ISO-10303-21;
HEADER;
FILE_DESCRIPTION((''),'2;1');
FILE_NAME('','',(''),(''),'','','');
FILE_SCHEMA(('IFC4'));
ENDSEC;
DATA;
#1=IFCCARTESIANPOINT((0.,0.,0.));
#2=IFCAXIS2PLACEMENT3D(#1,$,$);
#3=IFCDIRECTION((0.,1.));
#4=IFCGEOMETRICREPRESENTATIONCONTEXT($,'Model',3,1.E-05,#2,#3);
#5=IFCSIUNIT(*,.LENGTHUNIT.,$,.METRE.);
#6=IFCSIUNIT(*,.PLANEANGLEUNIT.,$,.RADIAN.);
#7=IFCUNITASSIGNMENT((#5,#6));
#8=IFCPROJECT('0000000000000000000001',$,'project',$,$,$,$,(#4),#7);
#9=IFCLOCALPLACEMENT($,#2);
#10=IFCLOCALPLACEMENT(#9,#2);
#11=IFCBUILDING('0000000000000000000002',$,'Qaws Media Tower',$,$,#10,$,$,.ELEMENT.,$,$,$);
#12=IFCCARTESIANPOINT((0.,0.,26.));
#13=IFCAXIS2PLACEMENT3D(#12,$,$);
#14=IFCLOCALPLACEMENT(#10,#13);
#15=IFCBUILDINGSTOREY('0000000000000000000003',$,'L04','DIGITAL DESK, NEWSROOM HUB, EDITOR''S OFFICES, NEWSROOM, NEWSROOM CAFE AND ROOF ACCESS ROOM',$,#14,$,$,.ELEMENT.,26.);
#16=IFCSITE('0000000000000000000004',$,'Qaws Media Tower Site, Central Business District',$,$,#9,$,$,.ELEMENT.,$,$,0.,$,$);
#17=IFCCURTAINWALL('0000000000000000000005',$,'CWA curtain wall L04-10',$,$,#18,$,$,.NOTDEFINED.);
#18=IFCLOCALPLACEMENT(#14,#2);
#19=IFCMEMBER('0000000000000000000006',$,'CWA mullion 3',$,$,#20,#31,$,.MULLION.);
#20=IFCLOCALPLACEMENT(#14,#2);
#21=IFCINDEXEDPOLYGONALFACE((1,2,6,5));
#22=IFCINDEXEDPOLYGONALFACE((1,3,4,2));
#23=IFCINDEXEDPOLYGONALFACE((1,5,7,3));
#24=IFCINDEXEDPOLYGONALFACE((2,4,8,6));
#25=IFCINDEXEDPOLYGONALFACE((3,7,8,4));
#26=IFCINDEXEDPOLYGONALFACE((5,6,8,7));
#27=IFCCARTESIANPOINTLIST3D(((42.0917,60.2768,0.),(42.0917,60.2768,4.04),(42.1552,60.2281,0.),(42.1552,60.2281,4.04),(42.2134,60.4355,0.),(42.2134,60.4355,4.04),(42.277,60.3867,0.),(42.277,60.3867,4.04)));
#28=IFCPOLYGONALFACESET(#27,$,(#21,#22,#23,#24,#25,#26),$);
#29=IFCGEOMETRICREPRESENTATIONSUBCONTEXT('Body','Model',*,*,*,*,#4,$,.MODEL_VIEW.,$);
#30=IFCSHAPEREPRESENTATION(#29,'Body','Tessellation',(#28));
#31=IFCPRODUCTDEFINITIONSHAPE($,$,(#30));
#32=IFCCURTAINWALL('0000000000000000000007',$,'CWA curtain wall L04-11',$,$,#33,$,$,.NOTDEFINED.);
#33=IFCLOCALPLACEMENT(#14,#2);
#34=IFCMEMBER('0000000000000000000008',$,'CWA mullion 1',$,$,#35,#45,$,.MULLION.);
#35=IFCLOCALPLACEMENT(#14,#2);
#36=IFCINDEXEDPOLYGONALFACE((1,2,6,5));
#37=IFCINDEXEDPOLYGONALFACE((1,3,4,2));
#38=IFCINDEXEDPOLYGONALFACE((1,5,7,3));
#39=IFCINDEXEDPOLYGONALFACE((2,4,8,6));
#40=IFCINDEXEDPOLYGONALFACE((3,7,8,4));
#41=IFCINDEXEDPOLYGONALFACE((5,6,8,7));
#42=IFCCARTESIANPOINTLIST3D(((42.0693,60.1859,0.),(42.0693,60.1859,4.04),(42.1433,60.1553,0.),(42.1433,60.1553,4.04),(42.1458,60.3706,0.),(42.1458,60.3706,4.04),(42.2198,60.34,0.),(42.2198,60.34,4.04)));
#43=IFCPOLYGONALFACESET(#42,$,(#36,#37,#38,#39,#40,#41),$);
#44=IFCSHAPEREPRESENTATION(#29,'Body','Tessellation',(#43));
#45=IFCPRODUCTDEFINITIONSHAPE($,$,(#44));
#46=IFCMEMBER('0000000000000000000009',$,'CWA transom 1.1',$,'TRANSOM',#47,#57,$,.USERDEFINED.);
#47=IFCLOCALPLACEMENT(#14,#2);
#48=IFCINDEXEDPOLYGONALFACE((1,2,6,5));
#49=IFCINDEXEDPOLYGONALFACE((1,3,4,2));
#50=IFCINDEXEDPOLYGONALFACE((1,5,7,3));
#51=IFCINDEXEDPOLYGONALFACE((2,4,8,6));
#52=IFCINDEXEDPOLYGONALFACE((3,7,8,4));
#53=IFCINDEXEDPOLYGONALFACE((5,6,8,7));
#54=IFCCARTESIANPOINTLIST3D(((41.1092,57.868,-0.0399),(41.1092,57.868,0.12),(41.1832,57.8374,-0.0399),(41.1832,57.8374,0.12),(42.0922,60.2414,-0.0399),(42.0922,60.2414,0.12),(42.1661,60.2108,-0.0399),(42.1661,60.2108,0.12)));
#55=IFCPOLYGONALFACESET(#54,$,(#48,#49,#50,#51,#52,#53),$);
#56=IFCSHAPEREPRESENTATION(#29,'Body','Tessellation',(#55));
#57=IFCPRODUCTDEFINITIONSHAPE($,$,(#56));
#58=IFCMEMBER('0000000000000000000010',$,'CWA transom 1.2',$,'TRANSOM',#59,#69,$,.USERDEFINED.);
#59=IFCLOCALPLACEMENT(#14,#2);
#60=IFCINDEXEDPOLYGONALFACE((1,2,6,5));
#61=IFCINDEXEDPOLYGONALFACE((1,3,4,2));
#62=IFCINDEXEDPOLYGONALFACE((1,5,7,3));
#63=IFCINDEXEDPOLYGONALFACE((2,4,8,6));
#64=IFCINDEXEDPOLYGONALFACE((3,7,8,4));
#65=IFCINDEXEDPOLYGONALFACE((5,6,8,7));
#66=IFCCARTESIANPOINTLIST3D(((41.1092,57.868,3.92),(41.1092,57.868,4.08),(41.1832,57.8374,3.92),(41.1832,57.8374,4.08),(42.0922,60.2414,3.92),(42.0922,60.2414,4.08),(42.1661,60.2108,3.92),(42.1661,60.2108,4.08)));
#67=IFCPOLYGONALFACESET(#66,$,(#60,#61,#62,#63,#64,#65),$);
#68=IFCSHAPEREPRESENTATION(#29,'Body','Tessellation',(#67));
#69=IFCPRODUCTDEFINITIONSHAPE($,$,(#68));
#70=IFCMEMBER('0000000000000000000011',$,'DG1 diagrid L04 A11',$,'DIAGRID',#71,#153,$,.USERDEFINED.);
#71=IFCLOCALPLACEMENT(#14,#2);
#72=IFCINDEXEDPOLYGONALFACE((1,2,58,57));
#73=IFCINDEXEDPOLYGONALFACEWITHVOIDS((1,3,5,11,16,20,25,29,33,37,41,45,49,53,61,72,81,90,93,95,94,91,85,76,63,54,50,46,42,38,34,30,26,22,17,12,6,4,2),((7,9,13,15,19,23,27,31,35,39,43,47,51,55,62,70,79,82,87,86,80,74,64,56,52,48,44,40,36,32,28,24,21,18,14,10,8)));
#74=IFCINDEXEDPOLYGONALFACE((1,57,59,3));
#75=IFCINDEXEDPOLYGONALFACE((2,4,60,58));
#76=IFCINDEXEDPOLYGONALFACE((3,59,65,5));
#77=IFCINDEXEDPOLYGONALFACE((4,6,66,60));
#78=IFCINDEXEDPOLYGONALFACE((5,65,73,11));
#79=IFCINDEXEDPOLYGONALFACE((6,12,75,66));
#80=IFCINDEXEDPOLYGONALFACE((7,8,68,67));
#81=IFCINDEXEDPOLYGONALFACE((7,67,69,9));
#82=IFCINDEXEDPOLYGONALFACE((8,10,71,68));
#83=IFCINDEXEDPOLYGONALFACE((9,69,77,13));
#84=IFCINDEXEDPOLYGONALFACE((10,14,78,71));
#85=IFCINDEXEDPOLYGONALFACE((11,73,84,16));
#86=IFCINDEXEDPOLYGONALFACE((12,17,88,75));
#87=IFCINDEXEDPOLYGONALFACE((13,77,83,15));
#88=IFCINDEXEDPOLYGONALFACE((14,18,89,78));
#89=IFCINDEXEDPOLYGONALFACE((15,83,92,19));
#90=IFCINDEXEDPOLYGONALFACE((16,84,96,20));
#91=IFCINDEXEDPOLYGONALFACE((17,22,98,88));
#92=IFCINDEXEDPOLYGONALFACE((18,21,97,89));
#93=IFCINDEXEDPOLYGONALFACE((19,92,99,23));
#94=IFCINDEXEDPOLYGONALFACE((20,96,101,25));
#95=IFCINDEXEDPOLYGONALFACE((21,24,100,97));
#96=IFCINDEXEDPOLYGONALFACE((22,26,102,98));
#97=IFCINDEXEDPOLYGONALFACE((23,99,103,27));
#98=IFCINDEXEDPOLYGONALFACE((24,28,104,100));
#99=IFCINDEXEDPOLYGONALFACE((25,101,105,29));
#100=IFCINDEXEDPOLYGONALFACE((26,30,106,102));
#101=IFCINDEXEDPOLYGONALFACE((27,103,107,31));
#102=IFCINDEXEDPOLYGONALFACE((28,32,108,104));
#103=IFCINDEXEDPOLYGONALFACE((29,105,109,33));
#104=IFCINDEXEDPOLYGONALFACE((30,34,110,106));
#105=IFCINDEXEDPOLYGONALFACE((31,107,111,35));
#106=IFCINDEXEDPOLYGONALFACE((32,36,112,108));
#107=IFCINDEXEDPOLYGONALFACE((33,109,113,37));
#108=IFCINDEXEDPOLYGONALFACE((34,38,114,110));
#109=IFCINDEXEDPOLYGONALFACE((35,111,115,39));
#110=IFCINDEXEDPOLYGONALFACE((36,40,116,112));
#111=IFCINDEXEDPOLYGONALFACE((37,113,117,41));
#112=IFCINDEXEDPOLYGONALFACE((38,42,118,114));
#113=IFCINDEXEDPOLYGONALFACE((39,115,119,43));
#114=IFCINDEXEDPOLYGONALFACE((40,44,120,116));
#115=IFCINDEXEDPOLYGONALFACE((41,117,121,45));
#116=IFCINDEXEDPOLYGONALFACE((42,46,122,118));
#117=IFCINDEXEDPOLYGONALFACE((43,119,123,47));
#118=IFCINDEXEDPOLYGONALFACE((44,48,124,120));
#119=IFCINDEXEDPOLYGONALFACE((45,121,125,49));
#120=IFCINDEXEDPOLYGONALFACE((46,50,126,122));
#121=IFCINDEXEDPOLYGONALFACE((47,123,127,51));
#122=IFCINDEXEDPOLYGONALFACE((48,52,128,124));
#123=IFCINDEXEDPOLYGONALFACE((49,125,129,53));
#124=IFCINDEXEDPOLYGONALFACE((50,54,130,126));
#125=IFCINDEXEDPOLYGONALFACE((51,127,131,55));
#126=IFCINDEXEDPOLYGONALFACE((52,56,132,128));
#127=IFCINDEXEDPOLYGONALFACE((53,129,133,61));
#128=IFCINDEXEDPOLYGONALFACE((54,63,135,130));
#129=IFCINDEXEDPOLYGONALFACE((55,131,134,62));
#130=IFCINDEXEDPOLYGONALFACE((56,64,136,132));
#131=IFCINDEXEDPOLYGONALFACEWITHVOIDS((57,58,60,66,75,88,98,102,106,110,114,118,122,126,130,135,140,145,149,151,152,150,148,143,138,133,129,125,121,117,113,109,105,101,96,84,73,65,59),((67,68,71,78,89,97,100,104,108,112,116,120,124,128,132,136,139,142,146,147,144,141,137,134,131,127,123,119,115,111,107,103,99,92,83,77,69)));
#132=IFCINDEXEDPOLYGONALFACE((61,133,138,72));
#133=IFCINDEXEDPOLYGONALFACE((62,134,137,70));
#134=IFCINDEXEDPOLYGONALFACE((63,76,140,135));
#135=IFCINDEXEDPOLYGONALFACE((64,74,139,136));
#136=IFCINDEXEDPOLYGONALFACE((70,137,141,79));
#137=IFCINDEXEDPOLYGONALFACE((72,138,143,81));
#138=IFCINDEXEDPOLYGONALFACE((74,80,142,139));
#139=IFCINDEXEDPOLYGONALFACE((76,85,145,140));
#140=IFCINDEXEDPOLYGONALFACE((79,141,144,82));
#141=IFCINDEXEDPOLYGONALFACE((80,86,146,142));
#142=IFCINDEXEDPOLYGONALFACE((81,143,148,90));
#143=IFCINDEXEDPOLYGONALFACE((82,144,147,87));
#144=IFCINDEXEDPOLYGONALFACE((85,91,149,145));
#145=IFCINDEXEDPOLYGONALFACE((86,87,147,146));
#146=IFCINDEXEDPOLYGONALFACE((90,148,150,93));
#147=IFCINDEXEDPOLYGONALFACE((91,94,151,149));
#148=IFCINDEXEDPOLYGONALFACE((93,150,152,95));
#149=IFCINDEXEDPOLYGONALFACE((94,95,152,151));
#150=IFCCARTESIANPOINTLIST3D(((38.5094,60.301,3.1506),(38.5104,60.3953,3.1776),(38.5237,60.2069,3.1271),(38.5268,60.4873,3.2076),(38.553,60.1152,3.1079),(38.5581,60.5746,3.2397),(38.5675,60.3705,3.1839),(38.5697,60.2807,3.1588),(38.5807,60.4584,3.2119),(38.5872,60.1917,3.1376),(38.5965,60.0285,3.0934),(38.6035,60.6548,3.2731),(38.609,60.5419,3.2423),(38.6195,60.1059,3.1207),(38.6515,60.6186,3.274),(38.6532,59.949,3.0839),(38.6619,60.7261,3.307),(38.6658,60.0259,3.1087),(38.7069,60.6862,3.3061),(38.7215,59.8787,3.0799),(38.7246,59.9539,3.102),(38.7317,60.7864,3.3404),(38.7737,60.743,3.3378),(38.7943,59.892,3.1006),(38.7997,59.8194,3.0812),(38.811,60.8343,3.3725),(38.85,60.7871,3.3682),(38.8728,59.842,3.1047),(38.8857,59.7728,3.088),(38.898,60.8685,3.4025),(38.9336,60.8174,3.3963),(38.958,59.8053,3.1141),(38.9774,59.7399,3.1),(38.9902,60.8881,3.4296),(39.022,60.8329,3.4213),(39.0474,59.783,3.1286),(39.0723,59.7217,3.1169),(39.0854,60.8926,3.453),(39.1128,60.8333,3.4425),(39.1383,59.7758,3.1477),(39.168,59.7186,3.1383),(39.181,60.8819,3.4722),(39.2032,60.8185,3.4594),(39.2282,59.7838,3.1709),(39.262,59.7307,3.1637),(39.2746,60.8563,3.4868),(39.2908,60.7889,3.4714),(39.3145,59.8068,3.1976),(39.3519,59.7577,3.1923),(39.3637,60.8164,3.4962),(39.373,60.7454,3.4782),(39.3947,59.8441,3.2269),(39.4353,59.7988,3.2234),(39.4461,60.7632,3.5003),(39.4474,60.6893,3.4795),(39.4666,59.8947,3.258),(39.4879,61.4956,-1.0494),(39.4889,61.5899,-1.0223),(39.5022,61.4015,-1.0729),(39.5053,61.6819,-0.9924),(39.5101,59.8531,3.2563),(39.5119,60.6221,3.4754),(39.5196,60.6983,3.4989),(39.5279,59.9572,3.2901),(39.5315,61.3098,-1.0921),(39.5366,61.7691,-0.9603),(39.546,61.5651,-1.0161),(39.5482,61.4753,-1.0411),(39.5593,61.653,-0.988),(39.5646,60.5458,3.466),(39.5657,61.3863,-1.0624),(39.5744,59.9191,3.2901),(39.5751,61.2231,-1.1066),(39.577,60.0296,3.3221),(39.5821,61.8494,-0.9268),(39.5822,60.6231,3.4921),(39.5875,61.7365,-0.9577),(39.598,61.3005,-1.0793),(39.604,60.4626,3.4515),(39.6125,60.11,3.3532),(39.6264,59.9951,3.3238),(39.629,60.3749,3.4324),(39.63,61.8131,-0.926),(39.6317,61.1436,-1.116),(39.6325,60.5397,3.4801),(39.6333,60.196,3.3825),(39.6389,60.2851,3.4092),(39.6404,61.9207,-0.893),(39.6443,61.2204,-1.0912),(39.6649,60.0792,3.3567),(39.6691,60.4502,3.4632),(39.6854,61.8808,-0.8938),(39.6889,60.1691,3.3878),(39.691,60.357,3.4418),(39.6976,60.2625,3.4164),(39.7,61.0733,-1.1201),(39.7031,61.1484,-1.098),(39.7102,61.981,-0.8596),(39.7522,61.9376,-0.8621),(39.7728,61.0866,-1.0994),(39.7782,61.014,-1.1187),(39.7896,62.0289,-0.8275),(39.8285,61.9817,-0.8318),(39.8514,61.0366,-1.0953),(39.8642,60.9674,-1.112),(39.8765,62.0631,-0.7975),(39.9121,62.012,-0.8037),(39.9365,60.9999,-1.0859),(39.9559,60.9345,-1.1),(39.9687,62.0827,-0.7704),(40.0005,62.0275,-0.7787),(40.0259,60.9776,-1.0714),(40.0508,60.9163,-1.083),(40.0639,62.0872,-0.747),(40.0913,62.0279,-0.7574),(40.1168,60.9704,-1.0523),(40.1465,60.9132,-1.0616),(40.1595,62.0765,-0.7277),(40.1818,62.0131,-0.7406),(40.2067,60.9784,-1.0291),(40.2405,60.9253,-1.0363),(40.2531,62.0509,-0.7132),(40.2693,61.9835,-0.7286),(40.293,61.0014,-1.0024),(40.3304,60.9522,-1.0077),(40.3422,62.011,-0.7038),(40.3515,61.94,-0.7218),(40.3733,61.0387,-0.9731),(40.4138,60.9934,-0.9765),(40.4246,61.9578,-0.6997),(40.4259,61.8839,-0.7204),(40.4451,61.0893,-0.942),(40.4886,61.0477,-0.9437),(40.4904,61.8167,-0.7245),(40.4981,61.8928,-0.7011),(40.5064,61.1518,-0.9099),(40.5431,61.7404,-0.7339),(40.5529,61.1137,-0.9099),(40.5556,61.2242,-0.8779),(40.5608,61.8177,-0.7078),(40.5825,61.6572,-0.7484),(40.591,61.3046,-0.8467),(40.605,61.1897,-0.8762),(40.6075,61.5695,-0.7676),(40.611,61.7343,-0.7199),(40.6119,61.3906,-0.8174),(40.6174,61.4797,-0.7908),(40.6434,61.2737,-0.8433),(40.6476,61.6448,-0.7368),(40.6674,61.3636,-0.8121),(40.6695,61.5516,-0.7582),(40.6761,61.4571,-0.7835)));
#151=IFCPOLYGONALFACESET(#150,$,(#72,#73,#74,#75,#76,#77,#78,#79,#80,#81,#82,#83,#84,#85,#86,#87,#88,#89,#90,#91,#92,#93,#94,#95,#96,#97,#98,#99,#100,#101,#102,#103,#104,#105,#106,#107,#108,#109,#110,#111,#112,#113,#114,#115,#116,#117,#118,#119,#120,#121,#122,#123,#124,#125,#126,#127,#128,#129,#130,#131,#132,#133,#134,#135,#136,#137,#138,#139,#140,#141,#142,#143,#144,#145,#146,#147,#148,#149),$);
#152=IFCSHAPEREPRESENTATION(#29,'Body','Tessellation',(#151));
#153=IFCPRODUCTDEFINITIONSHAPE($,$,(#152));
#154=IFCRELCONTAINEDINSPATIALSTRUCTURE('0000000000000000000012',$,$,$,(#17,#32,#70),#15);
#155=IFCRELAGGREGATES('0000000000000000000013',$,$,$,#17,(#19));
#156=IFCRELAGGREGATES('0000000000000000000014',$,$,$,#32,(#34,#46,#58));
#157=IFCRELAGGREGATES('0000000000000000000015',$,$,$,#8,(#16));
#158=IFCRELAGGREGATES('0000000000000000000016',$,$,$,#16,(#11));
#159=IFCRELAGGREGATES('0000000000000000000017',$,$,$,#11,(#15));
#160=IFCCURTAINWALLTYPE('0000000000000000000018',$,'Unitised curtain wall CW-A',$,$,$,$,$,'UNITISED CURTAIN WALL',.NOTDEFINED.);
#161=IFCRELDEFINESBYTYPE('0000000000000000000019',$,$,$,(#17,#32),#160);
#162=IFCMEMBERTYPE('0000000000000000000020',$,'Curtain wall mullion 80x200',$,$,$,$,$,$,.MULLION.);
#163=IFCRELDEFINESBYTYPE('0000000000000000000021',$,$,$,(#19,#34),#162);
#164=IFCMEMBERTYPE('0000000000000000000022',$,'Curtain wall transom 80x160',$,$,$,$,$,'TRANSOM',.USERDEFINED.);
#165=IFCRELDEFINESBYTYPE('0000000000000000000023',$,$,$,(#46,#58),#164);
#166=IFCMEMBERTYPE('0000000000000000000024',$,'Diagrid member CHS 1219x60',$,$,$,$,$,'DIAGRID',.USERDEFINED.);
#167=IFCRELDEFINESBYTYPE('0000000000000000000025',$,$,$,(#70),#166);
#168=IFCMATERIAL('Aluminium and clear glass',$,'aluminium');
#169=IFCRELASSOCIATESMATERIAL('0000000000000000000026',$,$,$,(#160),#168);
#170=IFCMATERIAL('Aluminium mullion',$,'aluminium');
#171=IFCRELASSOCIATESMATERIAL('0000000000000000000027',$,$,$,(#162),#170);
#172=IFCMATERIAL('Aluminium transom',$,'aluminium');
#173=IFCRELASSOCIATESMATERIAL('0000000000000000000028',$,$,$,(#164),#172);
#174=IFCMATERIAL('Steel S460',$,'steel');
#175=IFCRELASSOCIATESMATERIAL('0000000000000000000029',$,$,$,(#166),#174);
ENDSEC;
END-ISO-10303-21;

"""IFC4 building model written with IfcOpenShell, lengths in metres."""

from ifc_helpers import new_model, si_unit, direction, frame, origin, origin_2d, place, context, subcontext, project, spatial, rectangle, hollow_circle, extrude, material, material_profile, profile_set, type_object, element, aggregate, save


model = new_model("IFC4")

# Units and contexts
model_context = context("Model", 3, precision=1e-05, world=origin(), true_north=direction((0.0, 1.0)))
body_context = subcontext(model_context, "Body", "Model", "MODEL_VIEW")
ifc_project = project(units=[si_unit("LENGTHUNIT", "METRE"), si_unit("PLANEANGLEUNIT", "RADIAN")], contexts=[model_context])

# Site, building, storey
site_placement = place(None, origin())
site = spatial("IfcSite", under=ifc_project, at=site_placement, Name="Qaws Media Tower Site, Central Business District", CompositionType="ELEMENT", RefElevation=0.0)
building_placement = place(site_placement, origin())
building = spatial("IfcBuilding", under=site, at=building_placement, Name="Qaws Media Tower", CompositionType="ELEMENT")
storey_placement = place(building_placement, frame((0.0, 0.0, 26.0)))
storey = spatial("IfcBuildingStorey", under=building, at=storey_placement, Name="L04", Description="DIGITAL DESK, NEWSROOM HUB, EDITOR'S OFFICES, NEWSROOM, NEWSROOM CAFE AND ROOF ACCESS ROOM", CompositionType="ELEMENT", Elevation=26.0)

# Curtain wall, member
ifc_material_1 = material(Name="Aluminium and clear glass", Category="aluminium")
curtain_wall_type = type_object("IfcCurtainWallType", Name="Unitised curtain wall CW-A", ElementType="UNITISED CURTAIN WALL", PredefinedType="NOTDEFINED", material=ifc_material_1)
curtain_wall_1_placement = place(storey_placement, origin())
curtain_wall_1 = element("IfcCurtainWall", 1, at=curtain_wall_1_placement, inside=storey, type_object=curtain_wall_type, Name="CWA curtain wall L04-10", PredefinedType="NOTDEFINED")
ifc_material_2 = material(Name="Aluminium mullion", Category="aluminium")
ifc_material_profile_1 = material_profile(ifc_material_2, rectangle(XDim=0.0801, YDim=0.2, at=origin_2d()), Name="80x200")
ifc_profile_set_1 = profile_set([ifc_material_profile_1], Name="Aluminium mullion")
member_type_1 = type_object("IfcMemberType", Name="Curtain wall mullion 80x200", PredefinedType="MULLION", material=ifc_profile_set_1)
member_1_placement = place(storey_placement, frame((42.1843, 60.3318, 0.0), z_axis=(0.0, 0.0, 1.0), x_axis=(0.793353, -0.608761, 0.0)))
member_1 = element("IfcMember", 2, at=member_1_placement, type_object=member_type_1, Name="CWA mullion 3", PredefinedType="MULLION", context=body_context, shape_type="SweptSolid", body=[
    extrude(rectangle(XDim=0.0801, YDim=0.2, at=origin_2d()), origin(), (0.0, 0.0, 1.0), 4.04),
])
aggregate(curtain_wall_1, [member_1])

# Curtain wall, members
curtain_wall_2_placement = place(storey_placement, origin())
curtain_wall_2 = element("IfcCurtainWall", 3, at=curtain_wall_2_placement, inside=storey, type_object=curtain_wall_type, Name="CWA curtain wall L04-11", PredefinedType="NOTDEFINED")
member_2_placement = place(storey_placement, frame((42.1445, 60.2629, 0.0), z_axis=(0.0, 0.0, 1.0), x_axis=(0.92388, -0.382683, 0.0)))
member_2 = element("IfcMember", 4, at=member_2_placement, type_object=member_type_1, Name="CWA mullion 1", PredefinedType="MULLION", context=body_context, shape_type="SweptSolid", body=[
    extrude(rectangle(XDim=0.0801, YDim=0.2, at=origin_2d()), origin(), (0.0, 0.0, 1.0), 4.04),
])
ifc_material_3 = material(Name="Aluminium transom", Category="aluminium")
ifc_material_profile_2 = material_profile(ifc_material_3, rectangle(XDim=0.0801, YDim=0.1599, at=origin_2d()), Name="80x160")
ifc_profile_set_2 = profile_set([ifc_material_profile_2], Name="Aluminium transom")
member_type_2 = type_object("IfcMemberType", Name="Curtain wall transom 80x160", ElementType="TRANSOM", PredefinedType="USERDEFINED", material=ifc_profile_set_2)
member_3_placement = place(storey_placement, frame((42.1292, 60.2261, 0.04), z_axis=(-0.382637, -0.923899, 0.0), x_axis=(0.923899, -0.382637, 0.0)))
member_3 = element("IfcMember", 5, at=member_3_placement, type_object=member_type_2, Name="CWA transom 1.1", ObjectType="TRANSOM", PredefinedType="USERDEFINED", context=body_context, shape_type="SweptSolid", body=[
    extrude(rectangle(XDim=0.0801, YDim=0.1599, at=origin_2d()), origin(), (0.0, 0.0, 1.0), 2.5688),
])
member_4_placement = place(storey_placement, frame((42.1292, 60.2261, 4.0), z_axis=(-0.382637, -0.923899, 0.0), x_axis=(0.923899, -0.382637, 0.0)))
member_4 = element("IfcMember", 6, at=member_4_placement, type_object=member_type_2, Name="CWA transom 1.2", ObjectType="TRANSOM", PredefinedType="USERDEFINED", context=body_context, shape_type="SweptSolid", body=[
    extrude(rectangle(XDim=0.0801, YDim=0.1599, at=origin_2d()), origin(), (0.0, 0.0, 1.0), 2.5688),
])
aggregate(curtain_wall_2, [member_2, member_3, member_4])

# Member
ifc_material_4 = material(Name="Steel S460", Category="steel")
ifc_material_profile_3 = material_profile(ifc_material_4, hollow_circle(Radius=0.6096, WallThickness=0.0601, at=origin_2d()), Name="CHS 1219x60")
ifc_profile_set_3 = profile_set([ifc_material_profile_3], Name="Steel S460")
member_type_3 = type_object("IfcMemberType", Name="Diagrid member CHS 1219x60", ElementType="DIAGRID", PredefinedType="USERDEFINED", material=ifc_profile_set_3)
for number, where, z_axis, x_axis, name in (
    (7, (40.0813, 61.5, -0.9099), (-0.218671, -0.266955, 0.938572), (0.773598, -0.633677, 0.0), "DG1 diagrid L04 A11"),
):
    element("IfcMember", number, at=place(storey_placement, frame(where, z_axis=z_axis, x_axis=x_axis)), inside=storey, type_object=member_type_3, Name=name, ObjectType="DIAGRID", PredefinedType="USERDEFINED", context=body_context, shape_type="SweptSolid", body=[
        extrude(hollow_circle(Radius=0.6096, WallThickness=0.0601, at=origin_2d()), origin(), (0.0, 0.0, 1.0), 4.4749),
    ])

save(model, "model.ifc")
